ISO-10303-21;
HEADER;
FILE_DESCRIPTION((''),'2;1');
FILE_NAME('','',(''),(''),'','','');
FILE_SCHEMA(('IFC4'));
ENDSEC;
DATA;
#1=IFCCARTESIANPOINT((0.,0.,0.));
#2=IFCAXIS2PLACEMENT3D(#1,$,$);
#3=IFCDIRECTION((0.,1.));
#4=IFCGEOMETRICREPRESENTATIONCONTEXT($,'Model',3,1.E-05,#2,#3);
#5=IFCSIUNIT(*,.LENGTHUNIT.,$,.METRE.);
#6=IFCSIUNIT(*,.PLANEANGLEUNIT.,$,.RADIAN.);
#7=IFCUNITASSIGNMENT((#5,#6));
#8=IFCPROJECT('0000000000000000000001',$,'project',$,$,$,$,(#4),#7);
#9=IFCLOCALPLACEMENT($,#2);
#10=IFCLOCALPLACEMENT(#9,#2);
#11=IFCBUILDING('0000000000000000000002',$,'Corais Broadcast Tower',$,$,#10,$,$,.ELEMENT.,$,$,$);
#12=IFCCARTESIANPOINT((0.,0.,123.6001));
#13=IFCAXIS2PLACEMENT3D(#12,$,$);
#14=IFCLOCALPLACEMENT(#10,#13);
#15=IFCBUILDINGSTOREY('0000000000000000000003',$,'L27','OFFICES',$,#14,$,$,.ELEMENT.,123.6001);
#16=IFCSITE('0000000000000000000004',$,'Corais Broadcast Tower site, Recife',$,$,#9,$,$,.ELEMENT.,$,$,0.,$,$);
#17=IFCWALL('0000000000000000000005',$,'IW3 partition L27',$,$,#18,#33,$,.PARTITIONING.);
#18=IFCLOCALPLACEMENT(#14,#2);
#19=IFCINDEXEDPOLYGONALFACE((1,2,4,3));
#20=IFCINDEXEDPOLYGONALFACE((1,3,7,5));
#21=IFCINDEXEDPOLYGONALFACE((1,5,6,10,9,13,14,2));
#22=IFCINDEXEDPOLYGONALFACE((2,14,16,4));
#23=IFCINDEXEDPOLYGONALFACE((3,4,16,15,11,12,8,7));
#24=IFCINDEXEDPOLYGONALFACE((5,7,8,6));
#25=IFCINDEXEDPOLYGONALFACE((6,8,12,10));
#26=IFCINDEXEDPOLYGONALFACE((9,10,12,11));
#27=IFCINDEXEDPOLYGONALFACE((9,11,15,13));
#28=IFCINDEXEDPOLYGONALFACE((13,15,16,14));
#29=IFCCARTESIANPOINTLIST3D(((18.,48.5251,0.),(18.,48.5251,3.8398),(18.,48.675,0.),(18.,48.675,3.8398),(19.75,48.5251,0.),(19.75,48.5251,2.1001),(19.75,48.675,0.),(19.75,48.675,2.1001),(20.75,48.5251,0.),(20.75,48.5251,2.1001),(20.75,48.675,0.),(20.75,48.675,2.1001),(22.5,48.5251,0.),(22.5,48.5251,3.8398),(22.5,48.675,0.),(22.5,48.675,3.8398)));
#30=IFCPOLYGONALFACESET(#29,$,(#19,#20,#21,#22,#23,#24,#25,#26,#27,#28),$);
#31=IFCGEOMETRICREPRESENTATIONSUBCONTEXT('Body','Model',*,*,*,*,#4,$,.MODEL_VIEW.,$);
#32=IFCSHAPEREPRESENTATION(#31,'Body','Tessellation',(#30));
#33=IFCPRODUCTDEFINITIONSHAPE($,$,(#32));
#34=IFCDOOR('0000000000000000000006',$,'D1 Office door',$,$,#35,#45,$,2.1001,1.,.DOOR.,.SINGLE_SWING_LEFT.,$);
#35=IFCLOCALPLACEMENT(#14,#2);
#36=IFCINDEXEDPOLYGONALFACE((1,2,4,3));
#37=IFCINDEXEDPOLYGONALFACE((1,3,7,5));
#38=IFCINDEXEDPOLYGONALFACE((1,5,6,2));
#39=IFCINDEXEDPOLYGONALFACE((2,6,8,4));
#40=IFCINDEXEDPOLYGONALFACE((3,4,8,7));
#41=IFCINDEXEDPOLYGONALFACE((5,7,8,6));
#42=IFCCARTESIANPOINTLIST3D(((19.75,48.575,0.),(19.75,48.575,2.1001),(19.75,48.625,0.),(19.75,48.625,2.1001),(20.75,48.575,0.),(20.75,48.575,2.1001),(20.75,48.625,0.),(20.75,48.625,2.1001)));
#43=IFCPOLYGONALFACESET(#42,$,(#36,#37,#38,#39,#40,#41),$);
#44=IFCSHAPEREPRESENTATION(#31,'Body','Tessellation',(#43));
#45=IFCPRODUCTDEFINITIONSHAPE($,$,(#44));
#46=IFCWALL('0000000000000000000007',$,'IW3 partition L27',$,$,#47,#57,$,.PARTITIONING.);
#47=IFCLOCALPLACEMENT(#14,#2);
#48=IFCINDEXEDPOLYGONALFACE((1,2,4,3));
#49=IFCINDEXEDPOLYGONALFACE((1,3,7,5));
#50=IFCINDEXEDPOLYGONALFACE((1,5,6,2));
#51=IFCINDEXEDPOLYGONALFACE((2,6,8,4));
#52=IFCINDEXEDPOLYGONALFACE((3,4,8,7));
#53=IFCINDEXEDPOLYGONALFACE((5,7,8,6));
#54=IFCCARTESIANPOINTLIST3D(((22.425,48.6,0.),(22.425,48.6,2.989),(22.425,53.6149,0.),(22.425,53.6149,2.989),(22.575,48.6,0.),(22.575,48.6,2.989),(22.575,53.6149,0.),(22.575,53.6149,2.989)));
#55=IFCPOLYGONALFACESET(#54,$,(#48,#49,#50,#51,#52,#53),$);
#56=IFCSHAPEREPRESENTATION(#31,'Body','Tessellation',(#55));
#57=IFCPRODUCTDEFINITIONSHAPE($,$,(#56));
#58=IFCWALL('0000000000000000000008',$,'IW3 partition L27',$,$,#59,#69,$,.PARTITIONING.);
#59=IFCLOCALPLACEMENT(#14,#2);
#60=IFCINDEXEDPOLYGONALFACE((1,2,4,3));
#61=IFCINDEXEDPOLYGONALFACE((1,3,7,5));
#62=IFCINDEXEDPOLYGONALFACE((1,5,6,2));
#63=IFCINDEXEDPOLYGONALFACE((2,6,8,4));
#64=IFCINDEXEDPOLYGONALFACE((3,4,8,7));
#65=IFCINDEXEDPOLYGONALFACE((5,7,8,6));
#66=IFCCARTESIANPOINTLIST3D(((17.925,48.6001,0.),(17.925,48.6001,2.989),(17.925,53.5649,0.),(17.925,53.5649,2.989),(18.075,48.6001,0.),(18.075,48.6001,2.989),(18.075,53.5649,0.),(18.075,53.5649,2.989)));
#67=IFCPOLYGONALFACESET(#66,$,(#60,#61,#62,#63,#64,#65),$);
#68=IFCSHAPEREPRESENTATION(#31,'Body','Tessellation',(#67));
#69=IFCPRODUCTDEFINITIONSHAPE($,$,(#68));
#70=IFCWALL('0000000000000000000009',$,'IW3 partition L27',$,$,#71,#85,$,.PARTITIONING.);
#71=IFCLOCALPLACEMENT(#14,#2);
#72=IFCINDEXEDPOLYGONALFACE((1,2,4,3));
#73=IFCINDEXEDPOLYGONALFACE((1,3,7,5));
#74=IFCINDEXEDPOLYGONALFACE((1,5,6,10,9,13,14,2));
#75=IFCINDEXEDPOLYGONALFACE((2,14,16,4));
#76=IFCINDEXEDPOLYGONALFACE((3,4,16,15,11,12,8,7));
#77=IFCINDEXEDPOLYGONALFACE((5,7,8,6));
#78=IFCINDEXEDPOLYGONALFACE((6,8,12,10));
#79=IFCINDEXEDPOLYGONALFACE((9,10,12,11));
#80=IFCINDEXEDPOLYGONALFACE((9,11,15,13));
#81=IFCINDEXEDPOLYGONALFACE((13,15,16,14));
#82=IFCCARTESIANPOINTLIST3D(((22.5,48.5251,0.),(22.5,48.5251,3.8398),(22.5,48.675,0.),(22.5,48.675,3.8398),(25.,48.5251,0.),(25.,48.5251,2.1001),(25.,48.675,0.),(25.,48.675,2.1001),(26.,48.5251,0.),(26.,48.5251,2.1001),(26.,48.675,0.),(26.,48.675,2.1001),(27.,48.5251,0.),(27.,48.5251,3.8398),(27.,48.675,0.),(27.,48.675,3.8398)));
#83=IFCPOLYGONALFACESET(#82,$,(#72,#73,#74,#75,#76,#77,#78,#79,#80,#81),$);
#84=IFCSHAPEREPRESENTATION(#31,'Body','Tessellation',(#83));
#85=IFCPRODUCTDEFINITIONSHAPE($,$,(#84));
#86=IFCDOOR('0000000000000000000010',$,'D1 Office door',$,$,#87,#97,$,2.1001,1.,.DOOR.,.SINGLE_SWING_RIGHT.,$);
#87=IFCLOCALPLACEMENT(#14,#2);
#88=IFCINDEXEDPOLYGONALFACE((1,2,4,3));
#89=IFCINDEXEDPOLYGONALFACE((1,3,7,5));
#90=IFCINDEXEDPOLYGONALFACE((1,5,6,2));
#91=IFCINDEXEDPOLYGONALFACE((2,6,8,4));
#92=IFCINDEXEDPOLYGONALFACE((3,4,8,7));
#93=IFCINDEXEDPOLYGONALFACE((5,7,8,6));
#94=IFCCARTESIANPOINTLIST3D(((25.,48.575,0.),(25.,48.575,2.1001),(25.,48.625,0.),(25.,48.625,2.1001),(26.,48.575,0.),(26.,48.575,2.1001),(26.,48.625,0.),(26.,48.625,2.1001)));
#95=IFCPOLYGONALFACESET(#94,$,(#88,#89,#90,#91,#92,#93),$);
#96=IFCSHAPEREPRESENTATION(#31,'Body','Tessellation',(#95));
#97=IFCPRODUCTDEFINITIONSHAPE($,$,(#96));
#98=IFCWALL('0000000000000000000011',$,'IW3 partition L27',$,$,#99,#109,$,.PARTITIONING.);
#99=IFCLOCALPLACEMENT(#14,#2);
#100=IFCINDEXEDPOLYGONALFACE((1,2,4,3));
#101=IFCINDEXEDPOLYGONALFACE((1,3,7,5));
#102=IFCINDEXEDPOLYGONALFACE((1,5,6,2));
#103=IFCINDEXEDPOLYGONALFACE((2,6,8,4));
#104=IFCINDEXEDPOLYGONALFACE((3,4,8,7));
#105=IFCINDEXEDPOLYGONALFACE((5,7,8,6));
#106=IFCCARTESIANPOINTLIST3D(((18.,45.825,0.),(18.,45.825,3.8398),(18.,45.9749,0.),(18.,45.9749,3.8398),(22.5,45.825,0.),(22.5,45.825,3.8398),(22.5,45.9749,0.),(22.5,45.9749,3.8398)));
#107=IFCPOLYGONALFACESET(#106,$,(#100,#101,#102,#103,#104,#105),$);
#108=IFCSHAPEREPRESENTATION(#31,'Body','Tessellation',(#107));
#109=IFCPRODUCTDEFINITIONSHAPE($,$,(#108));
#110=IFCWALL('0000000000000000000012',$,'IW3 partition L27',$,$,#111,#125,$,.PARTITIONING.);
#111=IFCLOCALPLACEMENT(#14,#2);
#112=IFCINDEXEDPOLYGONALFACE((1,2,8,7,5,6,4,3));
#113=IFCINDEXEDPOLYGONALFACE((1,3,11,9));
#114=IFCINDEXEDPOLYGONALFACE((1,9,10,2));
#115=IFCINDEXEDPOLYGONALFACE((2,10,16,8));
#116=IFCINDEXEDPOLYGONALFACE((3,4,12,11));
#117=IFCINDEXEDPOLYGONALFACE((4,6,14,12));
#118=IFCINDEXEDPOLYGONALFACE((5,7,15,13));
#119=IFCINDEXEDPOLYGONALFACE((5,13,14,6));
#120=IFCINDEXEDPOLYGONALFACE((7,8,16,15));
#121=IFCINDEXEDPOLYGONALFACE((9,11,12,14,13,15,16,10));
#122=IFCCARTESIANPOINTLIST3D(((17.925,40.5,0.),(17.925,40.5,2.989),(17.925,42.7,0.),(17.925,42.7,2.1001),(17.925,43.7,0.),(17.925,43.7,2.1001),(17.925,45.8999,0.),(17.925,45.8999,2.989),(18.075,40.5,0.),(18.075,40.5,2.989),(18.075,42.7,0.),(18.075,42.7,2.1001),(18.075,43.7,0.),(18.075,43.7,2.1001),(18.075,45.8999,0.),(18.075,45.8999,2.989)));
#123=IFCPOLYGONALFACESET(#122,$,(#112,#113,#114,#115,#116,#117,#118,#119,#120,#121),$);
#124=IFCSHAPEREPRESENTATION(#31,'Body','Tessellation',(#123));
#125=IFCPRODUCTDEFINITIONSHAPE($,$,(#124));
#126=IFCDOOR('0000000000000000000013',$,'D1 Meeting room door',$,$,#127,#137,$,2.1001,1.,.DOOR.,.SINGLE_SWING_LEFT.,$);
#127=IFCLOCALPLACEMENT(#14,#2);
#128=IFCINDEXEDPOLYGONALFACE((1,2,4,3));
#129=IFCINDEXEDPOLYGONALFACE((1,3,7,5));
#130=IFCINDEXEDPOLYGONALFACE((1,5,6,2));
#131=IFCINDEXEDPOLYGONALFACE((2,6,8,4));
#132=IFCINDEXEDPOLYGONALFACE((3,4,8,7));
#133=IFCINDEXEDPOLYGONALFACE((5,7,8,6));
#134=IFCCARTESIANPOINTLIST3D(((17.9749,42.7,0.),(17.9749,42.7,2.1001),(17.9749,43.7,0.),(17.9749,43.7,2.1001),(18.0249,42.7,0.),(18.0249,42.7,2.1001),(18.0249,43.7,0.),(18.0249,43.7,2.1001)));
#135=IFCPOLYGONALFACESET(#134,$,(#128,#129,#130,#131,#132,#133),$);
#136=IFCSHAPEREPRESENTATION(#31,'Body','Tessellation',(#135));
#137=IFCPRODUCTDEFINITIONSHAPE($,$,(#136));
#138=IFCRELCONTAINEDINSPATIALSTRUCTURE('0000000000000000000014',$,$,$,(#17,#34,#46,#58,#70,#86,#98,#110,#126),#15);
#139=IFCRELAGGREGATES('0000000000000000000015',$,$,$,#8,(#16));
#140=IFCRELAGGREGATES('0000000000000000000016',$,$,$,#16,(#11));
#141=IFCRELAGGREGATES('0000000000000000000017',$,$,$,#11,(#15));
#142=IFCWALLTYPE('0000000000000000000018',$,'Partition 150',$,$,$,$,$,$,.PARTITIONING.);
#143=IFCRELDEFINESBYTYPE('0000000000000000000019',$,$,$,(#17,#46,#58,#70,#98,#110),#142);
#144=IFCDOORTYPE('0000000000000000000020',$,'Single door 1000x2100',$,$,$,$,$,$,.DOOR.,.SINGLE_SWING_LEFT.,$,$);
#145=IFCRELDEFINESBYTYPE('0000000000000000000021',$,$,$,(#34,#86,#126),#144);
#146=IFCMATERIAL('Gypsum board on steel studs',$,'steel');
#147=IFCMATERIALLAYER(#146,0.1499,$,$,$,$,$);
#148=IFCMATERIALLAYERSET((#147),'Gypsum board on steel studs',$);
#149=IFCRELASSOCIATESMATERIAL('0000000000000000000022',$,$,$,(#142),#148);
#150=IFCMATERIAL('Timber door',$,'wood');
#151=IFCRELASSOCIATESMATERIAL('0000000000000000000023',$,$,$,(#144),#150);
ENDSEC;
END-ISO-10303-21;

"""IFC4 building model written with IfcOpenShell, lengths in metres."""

from ifc_helpers import new_model, si_unit, direction, frame, frame_2d, origin, place, context, subcontext, project, spatial, rectangle, extrude, material, layer, layer_set, type_object, element, fill, save


model = new_model("IFC4")

# Units and contexts
model_context = context("Model", 3, precision=1e-05, world=origin(), true_north=direction((0.0, 1.0)))
body_context = subcontext(model_context, "Body", "Model", "MODEL_VIEW")
ifc_project = project(units=[si_unit("LENGTHUNIT", "METRE"), si_unit("PLANEANGLEUNIT", "RADIAN")], contexts=[model_context])

# Site, building, storey
site_placement = place(None, origin())
site = spatial("IfcSite", under=ifc_project, at=site_placement, Name="Corais Broadcast Tower site, Recife", CompositionType="ELEMENT", RefElevation=0.0)
building_placement = place(site_placement, origin())
building = spatial("IfcBuilding", under=site, at=building_placement, Name="Corais Broadcast Tower", CompositionType="ELEMENT")
storey_placement = place(building_placement, frame((0.0, 0.0, 123.6001)))
storey = spatial("IfcBuildingStorey", under=building, at=storey_placement, Name="L27", Description="OFFICES", CompositionType="ELEMENT", Elevation=123.6001)

# Shared definitions
ifc_material_1 = material(Name="Gypsum board on steel studs", Category="steel")
ifc_layer_1 = layer(ifc_material_1, 0.1499)
ifc_layer_set_1 = layer_set([ifc_layer_1], Name="Gypsum board on steel studs")
wall_type = type_object("IfcWallType", Name="Partition 150", PredefinedType="PARTITIONING", material=ifc_layer_set_1)
ifc_material_2 = material(Name="Timber door", Category="wood")
door_type = type_object("IfcDoorType", Name="Single door 1000x2100", OperationType="SINGLE_SWING_LEFT", PredefinedType="DOOR", material=ifc_material_2)

# Wall, opening, door
wall_1_placement = place(storey_placement, frame((18.0, 48.6001, 0.0), z_axis=(0.0, 0.0, 1.0), x_axis=(1.0, 0.0, 0.0)))
wall_1 = element("IfcWall", 1, at=wall_1_placement, inside=storey, type_object=wall_type, Name="IW3 partition L27", PredefinedType="PARTITIONING", context=body_context, shape_type="SweptSolid", body=[
    extrude(rectangle(XDim=4.5, YDim=0.1499, at=frame_2d((2.25, 0.0))), origin(), (0.0, 0.0, 1.0), 3.8398),
])
opening_1_placement = place(wall_1_placement, frame((1.75, 0.0, 0.0)))
opening_1 = element("IfcOpeningElement", 2, at=opening_1_placement, cuts=wall_1, PredefinedType="OPENING", context=body_context, shape_type="SweptSolid", body=[
    extrude(rectangle(XDim=1.0, YDim=2.1001, at=frame_2d((0.5, 1.05))), frame((0.0, 0.085, 0.0), z_axis=(0.0, -1.0, 0.0), x_axis=(1.0, 0.0, 0.0)), (0.0, 0.0, 1.0), 0.1699),
])
door_1_placement = place(opening_1_placement, origin())
door_1 = element("IfcDoor", 3, at=door_1_placement, inside=storey, type_object=door_type, Name="D1 Office door", OperationType="SINGLE_SWING_LEFT", OverallHeight=2.1001, OverallWidth=1.0, PredefinedType="DOOR", context=body_context, shape_type="SweptSolid", body=[
    extrude(rectangle(XDim=1.0, YDim=2.1001, at=frame_2d((0.5, 1.05))), frame((0.0, 0.0249, 0.0), z_axis=(0.0, -1.0, 0.0), x_axis=(1.0, 0.0, 0.0)), (0.0, 0.0, 1.0), 0.05),
])
fill(opening_1, door_1)

# Walls
wall_2_placement = place(storey_placement, frame((22.5, 48.6001, 0.0), z_axis=(0.0, 0.0, 1.0), x_axis=(0.0, 1.0, 0.0)))
element("IfcWall", 4, at=wall_2_placement, inside=storey, type_object=wall_type, Name="IW3 partition L27", PredefinedType="PARTITIONING", context=body_context, shape_type="SweptSolid", body=[
    extrude(rectangle(XDim=5.0149, YDim=0.1499, at=frame_2d((2.5073, 0.0))), origin(), (0.0, 0.0, 1.0), 2.989),
])
wall_3_placement = place(storey_placement, frame((18.0, 53.5649, 0.0), z_axis=(0.0, 0.0, 1.0), x_axis=(0.0, -1.0, 0.0)))
element("IfcWall", 5, at=wall_3_placement, inside=storey, type_object=wall_type, Name="IW3 partition L27", PredefinedType="PARTITIONING", context=body_context, shape_type="SweptSolid", body=[
    extrude(rectangle(XDim=4.9648, YDim=0.1499, at=frame_2d((2.4824, 0.0))), origin(), (0.0, 0.0, 1.0), 2.989),
])

# Wall, opening, door
wall_4_placement = place(storey_placement, frame((22.5, 48.6001, 0.0), z_axis=(0.0, 0.0, 1.0), x_axis=(1.0, 0.0, 0.0)))
wall_4 = element("IfcWall", 6, at=wall_4_placement, inside=storey, type_object=wall_type, Name="IW3 partition L27", PredefinedType="PARTITIONING", context=body_context, shape_type="SweptSolid", body=[
    extrude(rectangle(XDim=4.5, YDim=0.1499, at=frame_2d((2.25, 0.0))), origin(), (0.0, 0.0, 1.0), 3.8398),
])
opening_2_placement = place(wall_4_placement, frame((2.5, 0.0, 0.0)))
opening_2 = element("IfcOpeningElement", 7, at=opening_2_placement, cuts=wall_4, PredefinedType="OPENING", context=body_context, shape_type="SweptSolid", body=[
    extrude(rectangle(XDim=1.0, YDim=2.1001, at=frame_2d((0.5, 1.05))), frame((0.0, 0.085, 0.0), z_axis=(0.0, -1.0, 0.0), x_axis=(1.0, 0.0, 0.0)), (0.0, 0.0, 1.0), 0.1699),
])
door_2_placement = place(opening_2_placement, origin())
door_2 = element("IfcDoor", 8, at=door_2_placement, inside=storey, type_object=door_type, Name="D1 Office door", OperationType="SINGLE_SWING_RIGHT", OverallHeight=2.1001, OverallWidth=1.0, PredefinedType="DOOR", context=body_context, shape_type="SweptSolid", body=[
    extrude(rectangle(XDim=1.0, YDim=2.1001, at=frame_2d((0.5, 1.05))), frame((0.0, 0.0249, 0.0), z_axis=(0.0, -1.0, 0.0), x_axis=(1.0, 0.0, 0.0)), (0.0, 0.0, 1.0), 0.05),
])
fill(opening_2, door_2)

# Wall
wall_5_placement = place(storey_placement, frame((22.5, 45.8999, 0.0), z_axis=(0.0, 0.0, 1.0), x_axis=(-1.0, 0.0, 0.0)))
element("IfcWall", 9, at=wall_5_placement, inside=storey, type_object=wall_type, Name="IW3 partition L27", PredefinedType="PARTITIONING", context=body_context, shape_type="SweptSolid", body=[
    extrude(rectangle(XDim=4.5, YDim=0.1499, at=frame_2d((2.25, 0.0))), origin(), (0.0, 0.0, 1.0), 3.8398),
])

# Wall, opening, door
wall_6_placement = place(storey_placement, frame((18.0, 45.8999, 0.0), z_axis=(0.0, 0.0, 1.0), x_axis=(0.0, -1.0, 0.0)))
wall_6 = element("IfcWall", 10, at=wall_6_placement, inside=storey, type_object=wall_type, Name="IW3 partition L27", PredefinedType="PARTITIONING", context=body_context, shape_type="SweptSolid", body=[
    extrude(rectangle(XDim=5.3999, YDim=0.1499, at=frame_2d((2.7, 0.0))), origin(), (0.0, 0.0, 1.0), 2.989),
])
opening_3_placement = place(wall_6_placement, frame((2.2, 0.0, 0.0)))
opening_3 = element("IfcOpeningElement", 11, at=opening_3_placement, cuts=wall_6, PredefinedType="OPENING", context=body_context, shape_type="SweptSolid", body=[
    extrude(rectangle(XDim=1.0, YDim=2.1001, at=frame_2d((0.5, 1.05))), frame((0.0, 0.085, 0.0), z_axis=(0.0, -1.0, 0.0), x_axis=(1.0, 0.0, 0.0)), (0.0, 0.0, 1.0), 0.1699),
])
door_3_placement = place(opening_3_placement, origin())
door_3 = element("IfcDoor", 12, at=door_3_placement, inside=storey, type_object=door_type, Name="D1 Meeting room door", OperationType="SINGLE_SWING_LEFT", OverallHeight=2.1001, OverallWidth=1.0, PredefinedType="DOOR", context=body_context, shape_type="SweptSolid", body=[
    extrude(rectangle(XDim=1.0, YDim=2.1001, at=frame_2d((0.5, 1.05))), frame((0.0, 0.0249, 0.0), z_axis=(0.0, -1.0, 0.0), x_axis=(1.0, 0.0, 0.0)), (0.0, 0.0, 1.0), 0.05),
])
fill(opening_3, door_3)

save(model, "model.ifc")
